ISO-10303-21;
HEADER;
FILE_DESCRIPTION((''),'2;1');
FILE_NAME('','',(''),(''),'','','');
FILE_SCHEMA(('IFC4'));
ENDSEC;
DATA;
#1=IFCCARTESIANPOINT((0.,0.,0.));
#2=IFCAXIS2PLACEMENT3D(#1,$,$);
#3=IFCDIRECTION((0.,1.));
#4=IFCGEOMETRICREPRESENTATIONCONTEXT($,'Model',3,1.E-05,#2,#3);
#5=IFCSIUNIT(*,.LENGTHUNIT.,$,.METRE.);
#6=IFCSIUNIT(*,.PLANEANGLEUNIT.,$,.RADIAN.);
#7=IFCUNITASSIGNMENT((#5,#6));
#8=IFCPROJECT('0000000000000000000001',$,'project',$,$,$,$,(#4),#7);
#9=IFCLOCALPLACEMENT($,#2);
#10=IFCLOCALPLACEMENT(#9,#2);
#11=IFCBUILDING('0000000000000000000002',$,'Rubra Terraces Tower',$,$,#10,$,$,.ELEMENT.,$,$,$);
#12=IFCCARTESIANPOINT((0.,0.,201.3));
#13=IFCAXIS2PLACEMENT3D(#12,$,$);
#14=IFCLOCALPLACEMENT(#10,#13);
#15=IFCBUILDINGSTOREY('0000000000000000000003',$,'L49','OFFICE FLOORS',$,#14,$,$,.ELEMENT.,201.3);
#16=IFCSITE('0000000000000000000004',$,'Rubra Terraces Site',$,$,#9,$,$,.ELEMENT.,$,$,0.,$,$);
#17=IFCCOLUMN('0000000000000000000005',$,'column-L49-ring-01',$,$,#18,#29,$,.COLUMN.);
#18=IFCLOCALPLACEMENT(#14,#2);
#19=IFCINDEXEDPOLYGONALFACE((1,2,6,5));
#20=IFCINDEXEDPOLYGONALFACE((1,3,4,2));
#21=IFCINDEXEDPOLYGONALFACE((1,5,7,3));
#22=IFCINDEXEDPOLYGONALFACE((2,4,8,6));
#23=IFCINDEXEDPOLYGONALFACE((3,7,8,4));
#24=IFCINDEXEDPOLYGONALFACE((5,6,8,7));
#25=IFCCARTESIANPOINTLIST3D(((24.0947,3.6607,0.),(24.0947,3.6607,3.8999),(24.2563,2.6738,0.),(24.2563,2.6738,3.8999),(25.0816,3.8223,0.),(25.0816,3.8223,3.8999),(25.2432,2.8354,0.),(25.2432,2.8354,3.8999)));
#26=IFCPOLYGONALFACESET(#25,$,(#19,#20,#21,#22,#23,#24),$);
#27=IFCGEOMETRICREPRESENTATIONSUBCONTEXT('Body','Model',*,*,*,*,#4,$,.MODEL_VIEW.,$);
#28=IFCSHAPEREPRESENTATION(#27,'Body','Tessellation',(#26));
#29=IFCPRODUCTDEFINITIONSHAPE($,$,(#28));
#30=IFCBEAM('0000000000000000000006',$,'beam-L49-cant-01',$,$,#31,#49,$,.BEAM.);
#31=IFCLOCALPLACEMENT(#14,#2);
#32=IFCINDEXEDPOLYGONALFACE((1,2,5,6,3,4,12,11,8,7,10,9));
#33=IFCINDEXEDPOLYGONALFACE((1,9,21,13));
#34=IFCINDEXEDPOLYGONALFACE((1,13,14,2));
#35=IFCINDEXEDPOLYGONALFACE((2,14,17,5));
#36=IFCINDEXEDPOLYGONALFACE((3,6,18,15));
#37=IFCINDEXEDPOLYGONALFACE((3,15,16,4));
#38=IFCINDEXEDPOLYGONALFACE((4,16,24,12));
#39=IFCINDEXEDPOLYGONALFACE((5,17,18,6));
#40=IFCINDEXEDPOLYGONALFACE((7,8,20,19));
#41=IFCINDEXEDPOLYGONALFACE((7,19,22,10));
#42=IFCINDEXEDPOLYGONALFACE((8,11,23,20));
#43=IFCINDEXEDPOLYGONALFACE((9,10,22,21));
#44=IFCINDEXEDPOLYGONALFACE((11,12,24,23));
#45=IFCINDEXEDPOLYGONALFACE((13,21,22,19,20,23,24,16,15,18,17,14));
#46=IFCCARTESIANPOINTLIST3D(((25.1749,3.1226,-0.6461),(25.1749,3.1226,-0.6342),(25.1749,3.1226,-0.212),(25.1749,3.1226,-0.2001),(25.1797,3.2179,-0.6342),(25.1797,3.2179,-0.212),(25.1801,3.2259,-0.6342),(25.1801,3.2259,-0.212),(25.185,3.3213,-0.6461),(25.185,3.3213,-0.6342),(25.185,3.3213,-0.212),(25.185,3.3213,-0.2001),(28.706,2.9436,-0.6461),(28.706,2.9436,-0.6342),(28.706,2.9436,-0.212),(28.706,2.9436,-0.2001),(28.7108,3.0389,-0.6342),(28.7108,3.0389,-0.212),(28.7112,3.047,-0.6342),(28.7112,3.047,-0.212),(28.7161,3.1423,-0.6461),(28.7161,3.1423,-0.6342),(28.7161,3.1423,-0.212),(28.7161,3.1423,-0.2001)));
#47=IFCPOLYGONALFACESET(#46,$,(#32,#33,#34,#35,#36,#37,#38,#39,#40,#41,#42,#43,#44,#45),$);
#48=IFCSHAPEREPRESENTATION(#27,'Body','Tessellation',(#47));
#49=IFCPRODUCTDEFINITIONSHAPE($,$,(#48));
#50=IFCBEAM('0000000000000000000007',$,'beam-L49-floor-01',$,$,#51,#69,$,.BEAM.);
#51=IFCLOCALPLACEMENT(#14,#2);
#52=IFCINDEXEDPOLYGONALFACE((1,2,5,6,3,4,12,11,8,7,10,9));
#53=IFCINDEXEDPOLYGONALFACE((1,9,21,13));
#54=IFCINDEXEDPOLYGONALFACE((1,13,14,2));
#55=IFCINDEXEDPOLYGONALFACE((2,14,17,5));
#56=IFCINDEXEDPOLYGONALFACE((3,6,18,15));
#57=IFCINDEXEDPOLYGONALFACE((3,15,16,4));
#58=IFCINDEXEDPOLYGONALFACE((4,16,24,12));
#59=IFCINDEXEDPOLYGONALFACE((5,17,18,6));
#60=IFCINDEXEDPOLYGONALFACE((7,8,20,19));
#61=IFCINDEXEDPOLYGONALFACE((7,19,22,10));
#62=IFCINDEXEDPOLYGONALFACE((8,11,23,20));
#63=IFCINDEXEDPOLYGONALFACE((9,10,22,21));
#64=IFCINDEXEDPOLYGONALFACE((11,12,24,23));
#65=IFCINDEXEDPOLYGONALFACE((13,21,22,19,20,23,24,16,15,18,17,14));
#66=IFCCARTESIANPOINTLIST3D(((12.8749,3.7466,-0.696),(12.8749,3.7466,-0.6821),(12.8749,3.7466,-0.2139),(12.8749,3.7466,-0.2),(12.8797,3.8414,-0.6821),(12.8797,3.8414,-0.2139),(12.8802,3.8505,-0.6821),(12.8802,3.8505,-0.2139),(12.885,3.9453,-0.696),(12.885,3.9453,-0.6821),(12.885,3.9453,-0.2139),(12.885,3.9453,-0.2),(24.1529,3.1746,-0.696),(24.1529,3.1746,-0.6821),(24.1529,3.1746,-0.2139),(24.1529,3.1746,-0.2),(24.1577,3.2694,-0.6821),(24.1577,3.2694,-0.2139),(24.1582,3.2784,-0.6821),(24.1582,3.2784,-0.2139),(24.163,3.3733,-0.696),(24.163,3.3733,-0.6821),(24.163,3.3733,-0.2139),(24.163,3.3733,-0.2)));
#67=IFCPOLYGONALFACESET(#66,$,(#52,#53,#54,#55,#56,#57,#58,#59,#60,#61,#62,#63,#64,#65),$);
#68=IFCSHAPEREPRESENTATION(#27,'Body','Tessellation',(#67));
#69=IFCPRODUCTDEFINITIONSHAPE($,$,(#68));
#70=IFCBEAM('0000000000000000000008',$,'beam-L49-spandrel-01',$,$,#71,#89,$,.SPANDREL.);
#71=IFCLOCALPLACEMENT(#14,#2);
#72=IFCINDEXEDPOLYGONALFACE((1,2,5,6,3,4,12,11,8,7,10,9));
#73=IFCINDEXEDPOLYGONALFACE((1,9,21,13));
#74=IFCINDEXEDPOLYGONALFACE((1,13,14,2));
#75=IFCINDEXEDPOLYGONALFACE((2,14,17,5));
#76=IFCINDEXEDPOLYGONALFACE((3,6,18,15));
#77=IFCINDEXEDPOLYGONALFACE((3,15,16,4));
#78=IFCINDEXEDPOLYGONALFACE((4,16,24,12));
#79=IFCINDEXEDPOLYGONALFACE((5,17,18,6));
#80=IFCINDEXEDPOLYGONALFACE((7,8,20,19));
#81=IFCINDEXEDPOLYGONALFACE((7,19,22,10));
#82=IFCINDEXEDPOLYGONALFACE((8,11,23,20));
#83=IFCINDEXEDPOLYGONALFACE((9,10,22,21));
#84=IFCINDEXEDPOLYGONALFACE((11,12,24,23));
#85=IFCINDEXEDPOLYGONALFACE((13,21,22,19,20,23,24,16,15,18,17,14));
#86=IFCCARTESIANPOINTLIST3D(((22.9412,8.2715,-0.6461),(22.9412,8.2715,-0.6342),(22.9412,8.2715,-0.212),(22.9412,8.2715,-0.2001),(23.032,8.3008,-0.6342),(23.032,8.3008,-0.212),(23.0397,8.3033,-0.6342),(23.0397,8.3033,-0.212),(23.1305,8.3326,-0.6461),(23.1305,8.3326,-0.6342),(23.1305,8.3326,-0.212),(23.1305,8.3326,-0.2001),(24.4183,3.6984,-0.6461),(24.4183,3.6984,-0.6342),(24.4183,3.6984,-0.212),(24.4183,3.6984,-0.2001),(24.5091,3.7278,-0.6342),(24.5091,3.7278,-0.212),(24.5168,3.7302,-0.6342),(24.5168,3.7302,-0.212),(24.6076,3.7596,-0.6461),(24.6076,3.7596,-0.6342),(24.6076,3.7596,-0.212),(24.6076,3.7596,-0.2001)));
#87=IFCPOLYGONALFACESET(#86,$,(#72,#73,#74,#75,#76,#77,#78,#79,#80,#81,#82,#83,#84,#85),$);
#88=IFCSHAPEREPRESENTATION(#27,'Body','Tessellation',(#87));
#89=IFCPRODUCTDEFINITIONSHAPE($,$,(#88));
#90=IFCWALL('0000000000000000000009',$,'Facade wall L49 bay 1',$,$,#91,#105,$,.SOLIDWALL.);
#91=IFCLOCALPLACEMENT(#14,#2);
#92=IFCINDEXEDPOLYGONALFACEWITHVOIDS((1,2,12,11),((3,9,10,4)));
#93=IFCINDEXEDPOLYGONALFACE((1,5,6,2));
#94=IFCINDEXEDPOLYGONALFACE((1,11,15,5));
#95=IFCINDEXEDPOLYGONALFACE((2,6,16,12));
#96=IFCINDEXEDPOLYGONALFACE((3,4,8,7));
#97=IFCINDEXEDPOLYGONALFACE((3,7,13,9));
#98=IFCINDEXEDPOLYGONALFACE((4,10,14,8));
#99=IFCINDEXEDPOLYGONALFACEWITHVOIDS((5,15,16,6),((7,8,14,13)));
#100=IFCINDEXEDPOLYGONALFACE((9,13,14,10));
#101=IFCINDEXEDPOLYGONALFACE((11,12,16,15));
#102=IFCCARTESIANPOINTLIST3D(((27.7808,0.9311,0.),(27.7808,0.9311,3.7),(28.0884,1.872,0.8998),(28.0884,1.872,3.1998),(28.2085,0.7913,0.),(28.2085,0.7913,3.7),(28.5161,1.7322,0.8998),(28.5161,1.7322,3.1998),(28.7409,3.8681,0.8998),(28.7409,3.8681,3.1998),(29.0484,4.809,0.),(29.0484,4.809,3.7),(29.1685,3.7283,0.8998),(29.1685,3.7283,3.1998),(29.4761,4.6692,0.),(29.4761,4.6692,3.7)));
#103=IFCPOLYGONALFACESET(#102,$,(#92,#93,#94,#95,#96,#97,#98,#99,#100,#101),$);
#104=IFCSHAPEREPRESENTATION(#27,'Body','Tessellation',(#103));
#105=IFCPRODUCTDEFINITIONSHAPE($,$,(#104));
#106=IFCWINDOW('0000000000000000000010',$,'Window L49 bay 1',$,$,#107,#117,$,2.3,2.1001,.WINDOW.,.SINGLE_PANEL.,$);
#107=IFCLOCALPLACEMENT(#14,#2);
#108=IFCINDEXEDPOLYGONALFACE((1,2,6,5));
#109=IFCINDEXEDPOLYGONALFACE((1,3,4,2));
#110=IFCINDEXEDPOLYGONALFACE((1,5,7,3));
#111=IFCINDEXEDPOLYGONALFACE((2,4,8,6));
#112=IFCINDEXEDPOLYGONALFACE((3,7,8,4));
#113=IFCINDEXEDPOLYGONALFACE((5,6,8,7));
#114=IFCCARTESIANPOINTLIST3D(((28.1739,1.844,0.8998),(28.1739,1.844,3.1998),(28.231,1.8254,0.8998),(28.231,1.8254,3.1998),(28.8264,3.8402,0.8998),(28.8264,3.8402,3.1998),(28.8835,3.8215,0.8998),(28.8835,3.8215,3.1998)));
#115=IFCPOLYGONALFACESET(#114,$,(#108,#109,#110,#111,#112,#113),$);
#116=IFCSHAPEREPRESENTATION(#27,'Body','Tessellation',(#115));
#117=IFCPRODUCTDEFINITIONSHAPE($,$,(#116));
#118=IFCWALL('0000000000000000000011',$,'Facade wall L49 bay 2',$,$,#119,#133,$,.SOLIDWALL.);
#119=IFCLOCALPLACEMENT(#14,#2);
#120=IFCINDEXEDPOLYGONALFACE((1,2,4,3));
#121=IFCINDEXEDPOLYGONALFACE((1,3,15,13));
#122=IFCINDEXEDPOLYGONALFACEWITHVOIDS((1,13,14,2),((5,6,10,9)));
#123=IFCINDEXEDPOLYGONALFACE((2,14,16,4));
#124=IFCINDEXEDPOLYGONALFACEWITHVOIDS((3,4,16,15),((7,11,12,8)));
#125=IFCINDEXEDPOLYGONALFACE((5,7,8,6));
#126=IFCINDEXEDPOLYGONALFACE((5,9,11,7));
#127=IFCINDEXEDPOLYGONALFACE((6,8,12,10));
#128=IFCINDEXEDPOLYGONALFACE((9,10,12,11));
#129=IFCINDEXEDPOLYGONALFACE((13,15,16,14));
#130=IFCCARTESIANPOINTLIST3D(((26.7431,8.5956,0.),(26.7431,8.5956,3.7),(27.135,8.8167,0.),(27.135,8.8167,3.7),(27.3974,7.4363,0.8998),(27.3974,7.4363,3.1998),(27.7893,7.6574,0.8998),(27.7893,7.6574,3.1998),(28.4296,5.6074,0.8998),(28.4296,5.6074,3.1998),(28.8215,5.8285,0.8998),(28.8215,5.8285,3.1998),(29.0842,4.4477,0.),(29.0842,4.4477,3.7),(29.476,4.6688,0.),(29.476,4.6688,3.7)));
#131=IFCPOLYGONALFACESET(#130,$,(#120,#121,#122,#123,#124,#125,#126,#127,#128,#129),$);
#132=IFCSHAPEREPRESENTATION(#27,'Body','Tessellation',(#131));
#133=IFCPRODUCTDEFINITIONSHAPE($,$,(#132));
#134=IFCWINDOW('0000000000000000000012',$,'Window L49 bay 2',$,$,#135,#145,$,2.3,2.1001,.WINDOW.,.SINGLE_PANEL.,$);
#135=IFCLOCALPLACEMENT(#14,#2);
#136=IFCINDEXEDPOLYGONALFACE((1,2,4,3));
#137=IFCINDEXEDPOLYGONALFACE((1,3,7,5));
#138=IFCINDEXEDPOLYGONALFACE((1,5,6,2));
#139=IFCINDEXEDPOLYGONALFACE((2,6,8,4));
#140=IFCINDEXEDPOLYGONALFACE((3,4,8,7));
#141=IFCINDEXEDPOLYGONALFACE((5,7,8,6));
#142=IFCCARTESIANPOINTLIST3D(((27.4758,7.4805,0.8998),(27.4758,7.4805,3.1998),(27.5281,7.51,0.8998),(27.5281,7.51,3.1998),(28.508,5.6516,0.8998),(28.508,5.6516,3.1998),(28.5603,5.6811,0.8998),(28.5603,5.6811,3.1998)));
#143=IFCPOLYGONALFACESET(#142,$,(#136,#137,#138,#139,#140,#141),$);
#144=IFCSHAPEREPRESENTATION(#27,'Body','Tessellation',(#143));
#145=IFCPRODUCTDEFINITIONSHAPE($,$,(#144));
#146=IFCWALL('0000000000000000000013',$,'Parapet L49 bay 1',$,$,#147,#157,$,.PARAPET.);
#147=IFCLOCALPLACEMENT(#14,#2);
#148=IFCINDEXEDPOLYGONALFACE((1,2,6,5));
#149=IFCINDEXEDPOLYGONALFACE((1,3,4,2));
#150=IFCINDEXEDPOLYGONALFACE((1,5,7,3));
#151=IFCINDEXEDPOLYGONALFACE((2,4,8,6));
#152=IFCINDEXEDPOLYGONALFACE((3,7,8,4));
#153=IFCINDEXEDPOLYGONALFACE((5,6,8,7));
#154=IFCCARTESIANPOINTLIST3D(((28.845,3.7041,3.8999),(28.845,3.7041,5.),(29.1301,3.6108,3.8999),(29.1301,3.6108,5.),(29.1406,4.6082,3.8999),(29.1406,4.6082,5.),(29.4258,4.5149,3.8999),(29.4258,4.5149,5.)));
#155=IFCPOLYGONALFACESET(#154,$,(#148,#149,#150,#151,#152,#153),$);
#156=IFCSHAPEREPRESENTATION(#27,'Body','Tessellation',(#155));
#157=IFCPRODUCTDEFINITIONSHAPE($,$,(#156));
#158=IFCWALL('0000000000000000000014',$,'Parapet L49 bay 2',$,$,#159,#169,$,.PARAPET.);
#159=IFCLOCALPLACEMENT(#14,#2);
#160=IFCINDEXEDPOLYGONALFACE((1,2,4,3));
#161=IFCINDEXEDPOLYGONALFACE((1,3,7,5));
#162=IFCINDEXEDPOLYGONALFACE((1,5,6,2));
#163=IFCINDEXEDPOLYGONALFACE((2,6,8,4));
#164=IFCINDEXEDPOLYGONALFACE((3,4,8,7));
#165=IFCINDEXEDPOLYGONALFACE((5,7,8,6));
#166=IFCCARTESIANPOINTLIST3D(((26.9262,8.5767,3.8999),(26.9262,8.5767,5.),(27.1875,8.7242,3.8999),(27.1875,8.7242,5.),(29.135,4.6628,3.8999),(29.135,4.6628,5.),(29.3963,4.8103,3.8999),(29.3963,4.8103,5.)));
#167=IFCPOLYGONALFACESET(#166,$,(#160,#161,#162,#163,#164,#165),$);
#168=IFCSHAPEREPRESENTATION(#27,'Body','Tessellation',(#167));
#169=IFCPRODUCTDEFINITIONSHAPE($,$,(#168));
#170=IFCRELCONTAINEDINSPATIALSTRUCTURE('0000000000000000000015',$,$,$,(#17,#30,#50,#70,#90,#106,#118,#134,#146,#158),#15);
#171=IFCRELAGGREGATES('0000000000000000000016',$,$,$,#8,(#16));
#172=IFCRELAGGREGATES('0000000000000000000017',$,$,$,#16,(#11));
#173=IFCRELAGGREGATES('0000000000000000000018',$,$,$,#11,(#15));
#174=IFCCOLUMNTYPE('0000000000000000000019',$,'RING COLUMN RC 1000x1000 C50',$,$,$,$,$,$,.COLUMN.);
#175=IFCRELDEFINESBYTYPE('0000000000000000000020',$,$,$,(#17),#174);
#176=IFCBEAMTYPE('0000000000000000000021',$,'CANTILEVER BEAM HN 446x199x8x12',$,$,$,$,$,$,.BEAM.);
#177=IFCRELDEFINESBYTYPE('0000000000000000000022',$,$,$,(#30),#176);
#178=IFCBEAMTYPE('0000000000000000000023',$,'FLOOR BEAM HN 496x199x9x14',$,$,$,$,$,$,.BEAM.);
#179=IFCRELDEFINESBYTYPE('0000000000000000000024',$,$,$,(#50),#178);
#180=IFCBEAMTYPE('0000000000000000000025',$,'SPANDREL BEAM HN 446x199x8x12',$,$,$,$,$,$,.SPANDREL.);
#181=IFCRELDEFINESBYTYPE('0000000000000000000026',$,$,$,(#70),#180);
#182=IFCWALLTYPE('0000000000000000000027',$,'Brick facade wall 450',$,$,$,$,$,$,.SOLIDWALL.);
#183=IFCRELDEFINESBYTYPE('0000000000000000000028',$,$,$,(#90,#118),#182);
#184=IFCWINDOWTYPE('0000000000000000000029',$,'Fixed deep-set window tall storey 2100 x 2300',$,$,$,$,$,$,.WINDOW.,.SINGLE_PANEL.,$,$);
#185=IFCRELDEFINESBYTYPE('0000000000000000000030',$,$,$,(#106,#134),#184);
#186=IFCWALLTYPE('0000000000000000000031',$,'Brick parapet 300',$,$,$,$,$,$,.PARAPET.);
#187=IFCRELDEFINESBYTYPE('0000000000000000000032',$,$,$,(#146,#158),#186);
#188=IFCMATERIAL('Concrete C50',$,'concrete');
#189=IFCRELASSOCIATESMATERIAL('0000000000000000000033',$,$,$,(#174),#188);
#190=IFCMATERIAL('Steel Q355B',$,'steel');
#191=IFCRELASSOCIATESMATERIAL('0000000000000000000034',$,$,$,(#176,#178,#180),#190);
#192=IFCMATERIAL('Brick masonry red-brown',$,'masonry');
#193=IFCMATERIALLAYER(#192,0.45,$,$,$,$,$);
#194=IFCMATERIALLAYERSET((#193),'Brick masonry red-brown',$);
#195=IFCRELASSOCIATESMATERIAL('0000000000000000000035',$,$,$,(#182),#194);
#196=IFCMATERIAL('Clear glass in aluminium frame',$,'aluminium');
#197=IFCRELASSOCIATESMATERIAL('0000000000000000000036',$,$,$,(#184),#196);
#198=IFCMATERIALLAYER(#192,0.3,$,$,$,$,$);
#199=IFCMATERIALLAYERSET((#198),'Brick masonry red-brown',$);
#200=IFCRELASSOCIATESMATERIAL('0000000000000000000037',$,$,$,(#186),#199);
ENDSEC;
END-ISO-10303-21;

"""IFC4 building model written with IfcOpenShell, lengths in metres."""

from ifc_helpers import new_model, si_unit, direction, frame, frame_2d, origin, origin_2d, place, context, subcontext, project, spatial, rectangle, i_section, extrude, material, layer, layer_set, material_profile, profile_set, type_object, element, fill, save


model = new_model("IFC4")

# Units and contexts
model_context = context("Model", 3, precision=1e-05, world=origin(), true_north=direction((0.0, 1.0)))
body_context = subcontext(model_context, "Body", "Model", "MODEL_VIEW")
ifc_project = project(units=[si_unit("LENGTHUNIT", "METRE"), si_unit("PLANEANGLEUNIT", "RADIAN")], contexts=[model_context])

# Site, building, storey
site_placement = place(None, origin())
site = spatial("IfcSite", under=ifc_project, at=site_placement, Name="Rubra Terraces Site", CompositionType="ELEMENT", RefElevation=0.0)
building_placement = place(site_placement, origin())
building = spatial("IfcBuilding", under=site, at=building_placement, Name="Rubra Terraces Tower", CompositionType="ELEMENT")
storey_placement = place(building_placement, frame((0.0, 0.0, 201.3)))
storey = spatial("IfcBuildingStorey", under=building, at=storey_placement, Name="L49", Description="OFFICE FLOORS", CompositionType="ELEMENT", Elevation=201.3)

# Column
ifc_material_1 = material(Name="Concrete C50", Category="concrete")
ifc_material_profile_1 = material_profile(ifc_material_1, rectangle(XDim=1.0, YDim=1.0, at=origin_2d()), Name="RC 1000x1000")
ifc_profile_set_1 = profile_set([ifc_material_profile_1], Name="Concrete C50")
column_type = type_object("IfcColumnType", Name="RING COLUMN RC 1000x1000 C50", PredefinedType="COLUMN", material=ifc_profile_set_1)
column_placement = place(storey_placement, frame((24.6689, 3.248, 0.0), z_axis=(0.0, 0.0, 1.0), x_axis=(-0.161559, 0.986863, 0.0)))
element("IfcColumn", 1, at=column_placement, inside=storey, type_object=column_type, Name="column-L49-ring-01", PredefinedType="COLUMN", context=body_context, shape_type="SweptSolid", body=[
    extrude(rectangle(XDim=1.0, YDim=1.0, at=origin_2d()), origin(), (0.0, 0.0, 1.0), 3.8999),
])

# Beams
ifc_material_2 = material(Name="Steel Q355B", Category="steel")
ifc_material_profile_2 = material_profile(ifc_material_2, i_section(OverallWidth=0.199, OverallDepth=0.446, WebThickness=0.0081, FlangeThickness=0.012, at=origin_2d()), Name="HN 446x199x8x12")
ifc_profile_set_2 = profile_set([ifc_material_profile_2], Name="Steel Q355B")
beam_type_1 = type_object("IfcBeamType", Name="CANTILEVER BEAM HN 446x199x8x12", PredefinedType="BEAM", material=ifc_profile_set_2)
beam_1_placement = place(storey_placement, frame((25.1799, 3.2219, -0.4231), z_axis=(0.998718, -0.050616, 0.0), x_axis=(0.050616, 0.998718, 0.0)))
element("IfcBeam", 2, at=beam_1_placement, inside=storey, type_object=beam_type_1, Name="beam-L49-cant-01", PredefinedType="BEAM", context=body_context, shape_type="SweptSolid", body=[
    extrude(i_section(OverallWidth=0.199, OverallDepth=0.446, WebThickness=0.0081, FlangeThickness=0.012, at=origin_2d()), origin(), (0.0, 0.0, 1.0), 3.5356),
])
ifc_material_profile_3 = material_profile(ifc_material_2, i_section(OverallWidth=0.199, OverallDepth=0.4961, WebThickness=0.009, FlangeThickness=0.0139, at=origin_2d()), Name="HN 496x199x9x14")
ifc_profile_set_3 = profile_set([ifc_material_profile_3], Name="Steel Q355B")
beam_type_2 = type_object("IfcBeamType", Name="FLOOR BEAM HN 496x199x9x14", PredefinedType="BEAM", material=ifc_profile_set_3)
beam_2_placement = place(storey_placement, frame((24.158, 3.2739, -0.448), z_axis=(-0.998716, 0.050655, 0.0), x_axis=(-0.050655, -0.998716, 0.0)))
element("IfcBeam", 3, at=beam_2_placement, inside=storey, type_object=beam_type_2, Name="beam-L49-floor-01", PredefinedType="BEAM", context=body_context, shape_type="SweptSolid", body=[
    extrude(i_section(OverallWidth=0.199, OverallDepth=0.4961, WebThickness=0.009, FlangeThickness=0.0139, at=origin_2d()), origin(), (0.0, 0.0, 1.0), 11.2925),
])
ifc_material_profile_4 = material_profile(ifc_material_2, i_section(OverallWidth=0.199, OverallDepth=0.446, WebThickness=0.0081, FlangeThickness=0.012, at=origin_2d()), Name="HN 446x199x8x12")
ifc_profile_set_4 = profile_set([ifc_material_profile_4], Name="Steel Q355B")
beam_type_3 = type_object("IfcBeamType", Name="SPANDREL BEAM HN 446x199x8x12", PredefinedType="SPANDREL", material=ifc_profile_set_4)
beam_3_placement = place(storey_placement, frame((24.5129, 3.729, -0.4231), z_axis=(-0.307359, 0.951594, 0.0), x_axis=(-0.951594, -0.307359, 0.0)))
element("IfcBeam", 4, at=beam_3_placement, inside=storey, type_object=beam_type_3, Name="beam-L49-spandrel-01", PredefinedType="SPANDREL", context=body_context, shape_type="SweptSolid", body=[
    extrude(i_section(OverallWidth=0.199, OverallDepth=0.446, WebThickness=0.0081, FlangeThickness=0.012, at=origin_2d()), origin(), (0.0, 0.0, 1.0), 4.8057),
])

# Walls, openings, windows
ifc_material_3 = material(Name="Brick masonry red-brown", Category="masonry")
ifc_layer_1 = layer(ifc_material_3, 0.45)
ifc_layer_set_1 = layer_set([ifc_layer_1], Name="Brick masonry red-brown")
wall_type_1 = type_object("IfcWallType", Name="Brick facade wall 450", PredefinedType="SOLIDWALL", material=ifc_layer_set_1)
wall_1_placement = place(storey_placement, frame((27.9946, 0.8611, 0.0), z_axis=(0.0, 0.0, 1.0), x_axis=(0.310693, 0.95051, 0.0)))
wall_1 = element("IfcWall", 5, at=wall_1_placement, inside=storey, type_object=wall_type_1, Name="Facade wall L49 bay 1", PredefinedType="SOLIDWALL", context=body_context, shape_type="SweptSolid", body=[
    extrude(rectangle(XDim=4.0798, YDim=0.45, at=frame_2d((2.04, 0.0))), origin(), (0.0, 0.0, 1.0), 3.7),
])
opening_1_placement = place(wall_1_placement, frame((0.99, 0.0, 0.8999)))
opening_1 = element("IfcOpeningElement", 6, at=opening_1_placement, cuts=wall_1, PredefinedType="OPENING", context=body_context, shape_type="SweptSolid", body=[
    extrude(rectangle(XDim=2.1001, YDim=2.3, at=frame_2d((1.05, 1.1499))), frame((0.0, 0.2349, 0.0), z_axis=(0.0, -1.0, 0.0), x_axis=(1.0, 0.0, 0.0)), (0.0, 0.0, 1.0), 0.47),
])
ifc_material_4 = material(Name="Clear glass in aluminium frame", Category="aluminium")
window_type = type_object("IfcWindowType", Name="Fixed deep-set window tall storey 2100 x 2300", PartitioningType="SINGLE_PANEL", PredefinedType="WINDOW", material=ifc_material_4)
window_1_placement = place(opening_1_placement, origin())
window_1 = element("IfcWindow", 7, at=window_1_placement, inside=storey, type_object=window_type, Name="Window L49 bay 1", OverallHeight=2.3, OverallWidth=2.1001, PartitioningType="SINGLE_PANEL", PredefinedType="WINDOW", context=body_context, shape_type="SweptSolid", body=[
    extrude(rectangle(XDim=2.1001, YDim=2.3, at=frame_2d((1.05, 1.1499))), frame((0.0, 0.135, 0.0), z_axis=(0.0, -1.0, 0.0), x_axis=(1.0, 0.0, 0.0)), (0.0, 0.0, 1.0), 0.0601),
])
fill(opening_1, window_1)
wall_2_placement = place(storey_placement, frame((29.28, 4.5583, 0.0), z_axis=(0.0, 0.0, 1.0), x_axis=(-0.491512, 0.870871, 0.0)))
wall_2 = element("IfcWall", 8, at=wall_2_placement, inside=storey, type_object=wall_type_1, Name="Facade wall L49 bay 2", PredefinedType="SOLIDWALL", context=body_context, shape_type="SweptSolid", body=[
    extrude(rectangle(XDim=4.7629, YDim=0.45, at=frame_2d((2.3813, 0.0))), origin(), (0.0, 0.0, 1.0), 3.7),
])
opening_2_placement = place(wall_2_placement, frame((1.3315, 0.0, 0.8999)))
opening_2 = element("IfcOpeningElement", 9, at=opening_2_placement, cuts=wall_2, PredefinedType="OPENING", context=body_context, shape_type="SweptSolid", body=[
    extrude(rectangle(XDim=2.1001, YDim=2.3, at=frame_2d((1.05, 1.1499))), frame((0.0, 0.2349, 0.0), z_axis=(0.0, -1.0, 0.0), x_axis=(1.0, 0.0, 0.0)), (0.0, 0.0, 1.0), 0.47),
])
window_2_placement = place(opening_2_placement, origin())
window_2 = element("IfcWindow", 10, at=window_2_placement, inside=storey, type_object=window_type, Name="Window L49 bay 2", OverallHeight=2.3, OverallWidth=2.1001, PartitioningType="SINGLE_PANEL", PredefinedType="WINDOW", context=body_context, shape_type="SweptSolid", body=[
    extrude(rectangle(XDim=2.1001, YDim=2.3, at=frame_2d((1.05, 1.1499))), frame((0.0, 0.135, 0.0), z_axis=(0.0, -1.0, 0.0), x_axis=(1.0, 0.0, 0.0)), (0.0, 0.0, 1.0), 0.0601),
])
fill(opening_2, window_2)

# Walls
ifc_layer_2 = layer(ifc_material_3, 0.3)
ifc_layer_set_2 = layer_set([ifc_layer_2], Name="Brick masonry red-brown")
wall_type_2 = type_object("IfcWallType", Name="Brick parapet 300", PredefinedType="PARAPET", material=ifc_layer_set_2)
wall_3_placement = place(storey_placement, frame((28.9875, 3.6575, 3.8999), z_axis=(0.0, 0.0, 1.0), x_axis=(0.310833, 0.950465, 0.0)))
element("IfcWall", 11, at=wall_3_placement, inside=storey, type_object=wall_type_2, Name="Parapet L49 bay 1", PredefinedType="PARAPET", context=body_context, shape_type="SweptSolid", body=[
    extrude(rectangle(XDim=0.9512, YDim=0.3, at=frame_2d((0.4756, 0.0))), origin(), (0.0, 0.0, 1.0), 1.1001),
])
wall_4_placement = place(storey_placement, frame((29.2656, 4.7366, 3.8999), z_axis=(0.0, 0.0, 1.0), x_axis=(-0.491481, 0.870888, 0.0)))
element("IfcWall", 12, at=wall_4_placement, inside=storey, type_object=wall_type_2, Name="Parapet L49 bay 2", PredefinedType="PARAPET", context=body_context, shape_type="SweptSolid", body=[
    extrude(rectangle(XDim=4.4941, YDim=0.3, at=frame_2d((2.2471, 0.0))), origin(), (0.0, 0.0, 1.0), 1.1001),
])

save(model, "model.ifc")
